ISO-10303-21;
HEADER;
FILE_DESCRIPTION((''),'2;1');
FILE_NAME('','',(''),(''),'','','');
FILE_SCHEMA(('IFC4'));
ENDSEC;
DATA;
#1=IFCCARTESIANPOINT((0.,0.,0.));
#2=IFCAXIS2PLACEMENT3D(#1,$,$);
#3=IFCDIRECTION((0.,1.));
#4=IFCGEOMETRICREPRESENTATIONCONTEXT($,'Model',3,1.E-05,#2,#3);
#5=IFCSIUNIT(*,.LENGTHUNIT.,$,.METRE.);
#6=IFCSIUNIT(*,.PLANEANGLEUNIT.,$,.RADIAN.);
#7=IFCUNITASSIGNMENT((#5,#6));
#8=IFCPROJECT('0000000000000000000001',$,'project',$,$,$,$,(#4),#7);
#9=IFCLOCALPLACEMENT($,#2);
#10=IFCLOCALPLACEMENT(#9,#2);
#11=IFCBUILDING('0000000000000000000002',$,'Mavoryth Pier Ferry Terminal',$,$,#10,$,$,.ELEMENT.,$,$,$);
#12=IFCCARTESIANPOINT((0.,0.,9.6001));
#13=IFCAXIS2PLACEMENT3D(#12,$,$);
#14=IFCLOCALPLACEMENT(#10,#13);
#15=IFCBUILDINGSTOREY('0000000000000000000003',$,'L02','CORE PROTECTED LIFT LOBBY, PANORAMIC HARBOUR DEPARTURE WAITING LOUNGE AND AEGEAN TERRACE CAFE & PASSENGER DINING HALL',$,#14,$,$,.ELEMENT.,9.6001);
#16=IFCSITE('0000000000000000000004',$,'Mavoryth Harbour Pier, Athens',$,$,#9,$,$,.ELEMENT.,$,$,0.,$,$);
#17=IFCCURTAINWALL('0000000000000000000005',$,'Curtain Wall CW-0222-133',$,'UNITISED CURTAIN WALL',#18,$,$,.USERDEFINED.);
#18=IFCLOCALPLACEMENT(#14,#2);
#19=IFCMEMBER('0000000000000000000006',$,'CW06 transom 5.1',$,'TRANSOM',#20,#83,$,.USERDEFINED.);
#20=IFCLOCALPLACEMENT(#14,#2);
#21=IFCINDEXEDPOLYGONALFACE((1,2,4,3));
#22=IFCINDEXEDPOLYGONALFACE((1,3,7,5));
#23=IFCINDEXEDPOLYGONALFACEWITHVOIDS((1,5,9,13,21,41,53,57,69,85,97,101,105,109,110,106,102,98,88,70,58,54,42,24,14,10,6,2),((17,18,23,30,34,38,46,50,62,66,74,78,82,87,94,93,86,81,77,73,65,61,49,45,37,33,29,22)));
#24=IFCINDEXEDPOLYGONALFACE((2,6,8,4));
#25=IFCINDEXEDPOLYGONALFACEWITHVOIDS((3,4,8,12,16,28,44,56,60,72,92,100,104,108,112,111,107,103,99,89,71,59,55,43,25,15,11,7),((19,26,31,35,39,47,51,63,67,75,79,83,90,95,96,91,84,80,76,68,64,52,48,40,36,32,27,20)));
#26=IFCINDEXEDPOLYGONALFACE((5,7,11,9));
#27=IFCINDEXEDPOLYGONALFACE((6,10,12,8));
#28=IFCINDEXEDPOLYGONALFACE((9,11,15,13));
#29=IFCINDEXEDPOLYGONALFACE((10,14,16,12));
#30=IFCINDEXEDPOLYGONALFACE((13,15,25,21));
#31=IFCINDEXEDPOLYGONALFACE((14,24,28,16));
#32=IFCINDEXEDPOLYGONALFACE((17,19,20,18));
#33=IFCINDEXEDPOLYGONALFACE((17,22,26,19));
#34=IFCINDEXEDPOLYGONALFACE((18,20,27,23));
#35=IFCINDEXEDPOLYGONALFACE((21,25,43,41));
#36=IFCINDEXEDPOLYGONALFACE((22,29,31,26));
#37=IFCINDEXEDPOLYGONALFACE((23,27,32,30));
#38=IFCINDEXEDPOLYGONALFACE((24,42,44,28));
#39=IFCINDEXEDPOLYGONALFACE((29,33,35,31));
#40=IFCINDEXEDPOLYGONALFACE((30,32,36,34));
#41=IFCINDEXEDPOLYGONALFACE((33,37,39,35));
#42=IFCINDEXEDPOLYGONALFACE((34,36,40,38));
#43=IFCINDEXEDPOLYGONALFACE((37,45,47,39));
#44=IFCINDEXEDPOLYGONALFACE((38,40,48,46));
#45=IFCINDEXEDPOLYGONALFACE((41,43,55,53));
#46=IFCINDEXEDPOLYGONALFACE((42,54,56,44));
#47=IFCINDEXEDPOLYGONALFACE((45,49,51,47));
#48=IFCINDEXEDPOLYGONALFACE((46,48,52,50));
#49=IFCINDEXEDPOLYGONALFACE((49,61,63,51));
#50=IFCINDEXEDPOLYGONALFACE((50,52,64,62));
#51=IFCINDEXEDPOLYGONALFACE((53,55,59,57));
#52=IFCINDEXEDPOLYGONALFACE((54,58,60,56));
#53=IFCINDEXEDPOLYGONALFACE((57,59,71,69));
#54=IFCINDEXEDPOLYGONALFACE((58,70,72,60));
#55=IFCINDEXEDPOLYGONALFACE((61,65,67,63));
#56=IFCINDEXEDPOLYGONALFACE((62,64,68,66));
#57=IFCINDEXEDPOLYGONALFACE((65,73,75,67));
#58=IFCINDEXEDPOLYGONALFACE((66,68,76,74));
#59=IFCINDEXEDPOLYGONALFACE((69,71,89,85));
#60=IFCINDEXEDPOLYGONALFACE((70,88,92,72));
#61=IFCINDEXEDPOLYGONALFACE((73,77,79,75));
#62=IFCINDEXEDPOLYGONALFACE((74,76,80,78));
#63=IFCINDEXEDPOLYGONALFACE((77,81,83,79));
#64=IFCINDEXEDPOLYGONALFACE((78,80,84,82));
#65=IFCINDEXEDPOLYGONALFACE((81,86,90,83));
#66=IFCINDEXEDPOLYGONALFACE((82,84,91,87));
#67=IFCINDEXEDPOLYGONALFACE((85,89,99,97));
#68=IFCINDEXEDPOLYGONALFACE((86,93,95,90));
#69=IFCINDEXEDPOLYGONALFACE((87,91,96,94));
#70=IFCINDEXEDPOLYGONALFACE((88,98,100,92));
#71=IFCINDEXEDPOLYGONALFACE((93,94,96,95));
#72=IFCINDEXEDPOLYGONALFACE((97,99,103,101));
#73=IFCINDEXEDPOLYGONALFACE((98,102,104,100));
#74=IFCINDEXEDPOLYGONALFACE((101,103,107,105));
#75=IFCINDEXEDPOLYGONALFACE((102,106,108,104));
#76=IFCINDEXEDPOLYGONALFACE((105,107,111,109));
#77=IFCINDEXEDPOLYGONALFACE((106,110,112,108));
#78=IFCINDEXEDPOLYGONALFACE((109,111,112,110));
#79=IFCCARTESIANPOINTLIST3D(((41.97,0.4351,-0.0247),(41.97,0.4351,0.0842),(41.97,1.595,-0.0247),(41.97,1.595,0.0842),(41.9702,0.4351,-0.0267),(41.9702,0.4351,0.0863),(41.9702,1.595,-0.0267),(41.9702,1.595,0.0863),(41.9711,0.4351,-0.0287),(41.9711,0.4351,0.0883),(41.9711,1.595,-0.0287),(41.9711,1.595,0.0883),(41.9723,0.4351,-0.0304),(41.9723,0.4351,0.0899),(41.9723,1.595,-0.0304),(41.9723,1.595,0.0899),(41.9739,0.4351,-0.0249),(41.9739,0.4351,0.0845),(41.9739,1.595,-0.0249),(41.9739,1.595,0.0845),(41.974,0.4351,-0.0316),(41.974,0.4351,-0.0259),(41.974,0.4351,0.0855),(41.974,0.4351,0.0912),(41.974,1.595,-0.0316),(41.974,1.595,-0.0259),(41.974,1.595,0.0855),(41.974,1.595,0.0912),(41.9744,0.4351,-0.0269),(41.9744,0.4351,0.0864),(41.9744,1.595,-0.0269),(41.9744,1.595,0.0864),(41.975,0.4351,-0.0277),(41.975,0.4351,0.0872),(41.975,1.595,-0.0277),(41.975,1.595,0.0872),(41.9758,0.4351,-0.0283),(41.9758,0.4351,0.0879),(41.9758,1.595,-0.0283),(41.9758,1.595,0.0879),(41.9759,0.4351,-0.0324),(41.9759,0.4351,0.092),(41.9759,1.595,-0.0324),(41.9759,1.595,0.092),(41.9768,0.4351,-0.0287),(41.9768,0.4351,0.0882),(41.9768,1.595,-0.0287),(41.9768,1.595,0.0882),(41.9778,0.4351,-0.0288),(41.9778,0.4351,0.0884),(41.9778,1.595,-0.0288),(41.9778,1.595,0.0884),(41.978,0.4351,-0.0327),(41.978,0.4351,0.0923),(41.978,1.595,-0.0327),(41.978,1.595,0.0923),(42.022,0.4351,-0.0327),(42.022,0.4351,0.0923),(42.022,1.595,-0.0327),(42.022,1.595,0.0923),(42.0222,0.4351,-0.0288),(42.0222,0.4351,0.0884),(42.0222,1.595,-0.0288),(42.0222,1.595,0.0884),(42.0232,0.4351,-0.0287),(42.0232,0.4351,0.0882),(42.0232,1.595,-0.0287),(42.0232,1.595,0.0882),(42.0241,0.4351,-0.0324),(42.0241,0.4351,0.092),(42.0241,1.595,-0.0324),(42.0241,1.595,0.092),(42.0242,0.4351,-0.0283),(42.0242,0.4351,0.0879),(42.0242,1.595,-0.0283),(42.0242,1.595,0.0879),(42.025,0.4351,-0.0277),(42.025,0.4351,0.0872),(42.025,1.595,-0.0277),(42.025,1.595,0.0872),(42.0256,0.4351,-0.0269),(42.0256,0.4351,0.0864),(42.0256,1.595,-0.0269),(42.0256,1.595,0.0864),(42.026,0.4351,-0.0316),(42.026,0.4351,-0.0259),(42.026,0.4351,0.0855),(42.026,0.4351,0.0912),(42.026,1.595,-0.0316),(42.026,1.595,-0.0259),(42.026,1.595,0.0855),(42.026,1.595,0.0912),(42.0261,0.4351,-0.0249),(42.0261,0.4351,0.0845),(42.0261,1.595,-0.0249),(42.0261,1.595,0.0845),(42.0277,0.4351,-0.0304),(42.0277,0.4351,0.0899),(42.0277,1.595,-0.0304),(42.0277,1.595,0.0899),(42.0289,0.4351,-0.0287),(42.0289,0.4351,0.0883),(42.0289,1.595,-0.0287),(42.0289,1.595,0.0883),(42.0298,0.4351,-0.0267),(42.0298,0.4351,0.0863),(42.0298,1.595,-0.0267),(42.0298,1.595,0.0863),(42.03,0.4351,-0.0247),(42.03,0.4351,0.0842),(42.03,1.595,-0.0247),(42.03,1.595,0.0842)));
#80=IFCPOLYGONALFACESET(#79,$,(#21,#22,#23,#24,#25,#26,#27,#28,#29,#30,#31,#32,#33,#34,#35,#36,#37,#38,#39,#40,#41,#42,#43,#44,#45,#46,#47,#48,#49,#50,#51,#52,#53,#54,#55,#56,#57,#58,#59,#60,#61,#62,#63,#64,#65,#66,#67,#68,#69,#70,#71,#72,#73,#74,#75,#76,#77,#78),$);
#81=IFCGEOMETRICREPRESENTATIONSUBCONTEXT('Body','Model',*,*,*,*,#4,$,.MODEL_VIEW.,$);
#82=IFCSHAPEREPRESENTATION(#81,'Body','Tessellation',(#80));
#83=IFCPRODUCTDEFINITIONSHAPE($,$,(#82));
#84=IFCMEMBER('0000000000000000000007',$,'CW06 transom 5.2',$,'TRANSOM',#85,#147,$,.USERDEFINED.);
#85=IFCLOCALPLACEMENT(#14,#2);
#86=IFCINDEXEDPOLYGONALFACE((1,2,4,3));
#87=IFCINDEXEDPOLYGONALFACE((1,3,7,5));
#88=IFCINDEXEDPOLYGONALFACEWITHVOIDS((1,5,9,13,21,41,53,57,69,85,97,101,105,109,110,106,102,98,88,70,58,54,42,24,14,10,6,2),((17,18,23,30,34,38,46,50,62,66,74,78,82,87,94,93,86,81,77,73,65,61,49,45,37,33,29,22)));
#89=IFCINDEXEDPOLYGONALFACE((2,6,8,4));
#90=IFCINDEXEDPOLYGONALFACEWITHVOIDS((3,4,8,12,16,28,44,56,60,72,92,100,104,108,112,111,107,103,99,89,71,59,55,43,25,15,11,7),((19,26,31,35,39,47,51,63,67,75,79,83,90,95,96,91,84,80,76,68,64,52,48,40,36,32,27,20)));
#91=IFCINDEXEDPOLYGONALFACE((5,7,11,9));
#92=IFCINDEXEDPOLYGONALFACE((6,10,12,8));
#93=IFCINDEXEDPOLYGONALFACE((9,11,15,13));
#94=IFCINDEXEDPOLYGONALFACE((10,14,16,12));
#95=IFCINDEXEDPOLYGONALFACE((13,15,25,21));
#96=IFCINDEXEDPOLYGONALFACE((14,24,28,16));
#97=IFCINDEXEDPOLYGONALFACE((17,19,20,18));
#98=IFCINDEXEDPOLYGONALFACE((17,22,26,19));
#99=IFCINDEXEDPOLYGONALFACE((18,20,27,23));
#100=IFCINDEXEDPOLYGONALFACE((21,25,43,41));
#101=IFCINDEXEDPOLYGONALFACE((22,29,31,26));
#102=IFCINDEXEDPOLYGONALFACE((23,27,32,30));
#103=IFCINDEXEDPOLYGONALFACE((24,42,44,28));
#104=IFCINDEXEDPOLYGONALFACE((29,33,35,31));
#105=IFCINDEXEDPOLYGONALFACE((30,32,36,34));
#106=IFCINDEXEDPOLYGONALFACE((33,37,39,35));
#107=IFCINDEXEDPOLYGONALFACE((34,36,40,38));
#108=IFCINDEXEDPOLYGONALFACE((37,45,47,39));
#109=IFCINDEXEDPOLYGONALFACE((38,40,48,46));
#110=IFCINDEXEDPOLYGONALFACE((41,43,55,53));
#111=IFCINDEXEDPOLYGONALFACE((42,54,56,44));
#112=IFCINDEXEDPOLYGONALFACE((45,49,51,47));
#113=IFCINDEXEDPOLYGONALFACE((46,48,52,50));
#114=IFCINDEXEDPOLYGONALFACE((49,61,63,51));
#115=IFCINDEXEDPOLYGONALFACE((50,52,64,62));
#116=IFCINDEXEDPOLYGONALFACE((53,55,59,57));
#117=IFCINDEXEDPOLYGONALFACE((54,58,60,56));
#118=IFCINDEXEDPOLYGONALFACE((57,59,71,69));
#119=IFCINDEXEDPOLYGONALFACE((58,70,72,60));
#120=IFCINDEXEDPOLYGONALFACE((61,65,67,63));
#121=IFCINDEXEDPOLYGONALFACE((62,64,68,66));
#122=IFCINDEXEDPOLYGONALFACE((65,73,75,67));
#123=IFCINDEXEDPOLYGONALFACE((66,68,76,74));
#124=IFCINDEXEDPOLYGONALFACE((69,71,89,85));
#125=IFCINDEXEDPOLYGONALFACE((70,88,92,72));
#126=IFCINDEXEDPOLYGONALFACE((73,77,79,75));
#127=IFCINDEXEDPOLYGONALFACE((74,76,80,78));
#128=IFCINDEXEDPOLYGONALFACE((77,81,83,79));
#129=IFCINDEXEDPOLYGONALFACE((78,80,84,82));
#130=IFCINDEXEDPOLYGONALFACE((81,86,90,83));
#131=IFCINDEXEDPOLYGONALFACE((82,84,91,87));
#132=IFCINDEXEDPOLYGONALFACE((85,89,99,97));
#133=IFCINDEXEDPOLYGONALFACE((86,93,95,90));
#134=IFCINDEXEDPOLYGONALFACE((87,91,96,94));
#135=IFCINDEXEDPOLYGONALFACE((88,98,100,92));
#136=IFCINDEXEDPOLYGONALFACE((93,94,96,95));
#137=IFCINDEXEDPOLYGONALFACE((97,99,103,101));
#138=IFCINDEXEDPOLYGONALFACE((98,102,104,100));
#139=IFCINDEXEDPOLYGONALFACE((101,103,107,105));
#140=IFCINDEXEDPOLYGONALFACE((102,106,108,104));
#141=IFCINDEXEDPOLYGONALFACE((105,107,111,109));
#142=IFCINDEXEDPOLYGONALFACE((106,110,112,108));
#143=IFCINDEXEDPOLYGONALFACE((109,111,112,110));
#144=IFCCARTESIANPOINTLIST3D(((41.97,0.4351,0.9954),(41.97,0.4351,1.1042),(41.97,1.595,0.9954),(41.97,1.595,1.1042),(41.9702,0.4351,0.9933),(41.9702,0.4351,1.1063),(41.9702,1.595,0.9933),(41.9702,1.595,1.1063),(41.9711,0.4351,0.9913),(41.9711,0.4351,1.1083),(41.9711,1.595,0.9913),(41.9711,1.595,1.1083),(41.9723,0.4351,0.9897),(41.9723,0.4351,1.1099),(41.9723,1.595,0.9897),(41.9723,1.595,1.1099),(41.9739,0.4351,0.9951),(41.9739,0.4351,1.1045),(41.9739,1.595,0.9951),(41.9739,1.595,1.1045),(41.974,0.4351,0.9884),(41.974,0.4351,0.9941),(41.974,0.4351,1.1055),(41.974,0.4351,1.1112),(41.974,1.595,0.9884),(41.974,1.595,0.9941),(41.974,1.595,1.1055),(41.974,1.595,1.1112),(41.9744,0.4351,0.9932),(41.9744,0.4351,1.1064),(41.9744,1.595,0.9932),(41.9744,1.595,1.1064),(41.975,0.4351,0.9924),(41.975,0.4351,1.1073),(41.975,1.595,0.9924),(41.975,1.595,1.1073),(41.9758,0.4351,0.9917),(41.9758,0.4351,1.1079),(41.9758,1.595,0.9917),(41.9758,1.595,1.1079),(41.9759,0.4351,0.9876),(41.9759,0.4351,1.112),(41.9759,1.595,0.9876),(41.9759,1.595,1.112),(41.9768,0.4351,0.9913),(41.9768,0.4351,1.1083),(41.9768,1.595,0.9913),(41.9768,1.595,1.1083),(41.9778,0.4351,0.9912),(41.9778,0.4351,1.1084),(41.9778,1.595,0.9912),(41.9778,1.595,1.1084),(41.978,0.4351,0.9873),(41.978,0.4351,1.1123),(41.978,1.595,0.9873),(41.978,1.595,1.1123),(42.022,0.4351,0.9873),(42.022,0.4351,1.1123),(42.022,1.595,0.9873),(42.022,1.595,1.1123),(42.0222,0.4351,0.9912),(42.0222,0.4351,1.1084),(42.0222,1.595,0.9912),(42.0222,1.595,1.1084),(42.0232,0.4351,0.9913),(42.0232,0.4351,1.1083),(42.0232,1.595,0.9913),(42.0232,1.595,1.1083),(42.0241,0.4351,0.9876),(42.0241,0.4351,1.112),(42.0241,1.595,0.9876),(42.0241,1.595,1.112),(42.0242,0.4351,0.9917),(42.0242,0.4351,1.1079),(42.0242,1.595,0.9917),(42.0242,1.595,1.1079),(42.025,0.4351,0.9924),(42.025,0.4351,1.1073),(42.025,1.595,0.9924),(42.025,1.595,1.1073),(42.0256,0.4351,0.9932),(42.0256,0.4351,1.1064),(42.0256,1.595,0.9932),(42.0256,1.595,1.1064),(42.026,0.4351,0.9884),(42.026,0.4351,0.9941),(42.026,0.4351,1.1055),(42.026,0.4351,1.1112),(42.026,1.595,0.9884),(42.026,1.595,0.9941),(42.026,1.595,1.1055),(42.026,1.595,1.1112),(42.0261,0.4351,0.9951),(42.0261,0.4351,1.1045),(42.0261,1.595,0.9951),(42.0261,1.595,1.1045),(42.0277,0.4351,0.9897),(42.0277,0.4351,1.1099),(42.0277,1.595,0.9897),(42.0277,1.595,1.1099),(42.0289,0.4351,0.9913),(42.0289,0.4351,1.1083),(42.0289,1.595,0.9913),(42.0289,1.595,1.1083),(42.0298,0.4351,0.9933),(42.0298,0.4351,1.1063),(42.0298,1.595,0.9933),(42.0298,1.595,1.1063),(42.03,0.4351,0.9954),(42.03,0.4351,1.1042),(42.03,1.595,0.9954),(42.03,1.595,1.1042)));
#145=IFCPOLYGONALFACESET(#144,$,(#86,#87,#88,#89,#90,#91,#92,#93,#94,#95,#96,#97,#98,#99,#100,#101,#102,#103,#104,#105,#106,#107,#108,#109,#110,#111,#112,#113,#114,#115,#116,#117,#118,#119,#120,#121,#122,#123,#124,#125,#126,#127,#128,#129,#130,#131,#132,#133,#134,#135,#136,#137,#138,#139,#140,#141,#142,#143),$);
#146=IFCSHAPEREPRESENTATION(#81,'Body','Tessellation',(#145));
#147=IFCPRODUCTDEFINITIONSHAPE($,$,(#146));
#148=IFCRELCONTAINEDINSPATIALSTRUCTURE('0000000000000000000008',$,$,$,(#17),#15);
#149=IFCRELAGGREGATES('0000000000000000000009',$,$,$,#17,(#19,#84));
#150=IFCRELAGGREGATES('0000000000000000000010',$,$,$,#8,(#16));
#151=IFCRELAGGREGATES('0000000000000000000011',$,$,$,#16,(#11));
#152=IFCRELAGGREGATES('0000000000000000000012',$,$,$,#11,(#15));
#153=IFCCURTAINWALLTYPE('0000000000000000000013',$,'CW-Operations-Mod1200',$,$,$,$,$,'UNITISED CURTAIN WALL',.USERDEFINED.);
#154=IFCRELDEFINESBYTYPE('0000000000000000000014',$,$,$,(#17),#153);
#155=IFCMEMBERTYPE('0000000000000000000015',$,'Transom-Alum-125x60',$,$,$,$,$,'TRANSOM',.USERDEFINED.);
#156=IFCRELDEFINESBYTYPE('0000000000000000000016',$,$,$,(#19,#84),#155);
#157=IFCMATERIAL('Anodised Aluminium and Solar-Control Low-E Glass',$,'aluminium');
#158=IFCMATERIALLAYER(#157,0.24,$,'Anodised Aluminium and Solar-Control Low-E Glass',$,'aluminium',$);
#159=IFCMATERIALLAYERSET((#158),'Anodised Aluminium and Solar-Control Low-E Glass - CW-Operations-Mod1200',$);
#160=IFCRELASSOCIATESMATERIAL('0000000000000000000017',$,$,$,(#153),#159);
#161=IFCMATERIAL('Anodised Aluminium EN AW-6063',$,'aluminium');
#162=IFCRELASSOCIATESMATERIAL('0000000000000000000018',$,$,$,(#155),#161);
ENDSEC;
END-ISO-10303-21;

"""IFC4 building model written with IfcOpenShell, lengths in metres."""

from ifc_helpers import new_model, si_unit, direction, frame, origin, origin_2d, place, context, subcontext, project, spatial, hollow_rectangle, extrude, material, layer, layer_set, material_profile, profile_set, type_object, element, aggregate, save


model = new_model("IFC4")

# Units and contexts
model_context = context("Model", 3, precision=1e-05, world=origin(), true_north=direction((0.0, 1.0)))
body_context = subcontext(model_context, "Body", "Model", "MODEL_VIEW")
ifc_project = project(units=[si_unit("LENGTHUNIT", "METRE"), si_unit("PLANEANGLEUNIT", "RADIAN")], contexts=[model_context])

# Site, building, storey
site_placement = place(None, origin())
site = spatial("IfcSite", under=ifc_project, at=site_placement, Name="Mavoryth Harbour Pier, Athens", CompositionType="ELEMENT", RefElevation=0.0)
building_placement = place(site_placement, origin())
building = spatial("IfcBuilding", under=site, at=building_placement, Name="Mavoryth Pier Ferry Terminal", CompositionType="ELEMENT")
storey_placement = place(building_placement, frame((0.0, 0.0, 9.6001)))
storey = spatial("IfcBuildingStorey", under=building, at=storey_placement, Name="L02", Description="CORE PROTECTED LIFT LOBBY, PANORAMIC HARBOUR DEPARTURE WAITING LOUNGE AND AEGEAN TERRACE CAFE & PASSENGER DINING HALL", CompositionType="ELEMENT", Elevation=9.6001)

# Curtain wall
ifc_material_1 = material(Name="Anodised Aluminium and Solar-Control Low-E Glass", Category="aluminium")
ifc_layer_1 = layer(ifc_material_1, 0.24, Name="Anodised Aluminium and Solar-Control Low-E Glass", Category="aluminium")
ifc_layer_set_1 = layer_set([ifc_layer_1], Name="Anodised Aluminium and Solar-Control Low-E Glass - CW-Operations-Mod1200")
curtain_wall_type = type_object("IfcCurtainWallType", Name="CW-Operations-Mod1200", ElementType="UNITISED CURTAIN WALL", PredefinedType="USERDEFINED", material=ifc_layer_set_1)
curtain_wall_placement = place(storey_placement, origin())
curtain_wall = element("IfcCurtainWall", 1, at=curtain_wall_placement, inside=storey, type_object=curtain_wall_type, Name="Curtain Wall CW-0222-133", ObjectType="UNITISED CURTAIN WALL", PredefinedType="USERDEFINED")
ifc_material_2 = material(Name="Anodised Aluminium EN AW-6063", Category="aluminium")

# Members
ifc_material_profile_1 = material_profile(ifc_material_2, hollow_rectangle(XDim=0.0601, YDim=0.125, WallThickness=0.0039, InnerFilletRadius=0.0039, OuterFilletRadius=0.0081, at=origin_2d()), Name="AL-TRAN 125x60x4", Category="aluminium")
ifc_profile_set_1 = profile_set([ifc_material_profile_1], Name="Anodised Aluminium EN AW-6063 - AL-TRAN 125x60x4")
member_type_1 = type_object("IfcMemberType", Name="Transom-Alum-125x60", ElementType="TRANSOM", PredefinedType="USERDEFINED", material=ifc_profile_set_1)
member_1_placement = place(storey_placement, frame((42.0, 1.595, 0.0298), z_axis=(0.0, -1.0, 0.0), x_axis=(1.0, 0.0, 0.0)))
member_1 = element("IfcMember", 2, at=member_1_placement, type_object=member_type_1, Name="CW06 transom 5.1", ObjectType="TRANSOM", PredefinedType="USERDEFINED", context=body_context, shape_type="SweptSolid", body=[
    extrude(hollow_rectangle(XDim=0.0601, YDim=0.125, WallThickness=0.0039, InnerFilletRadius=0.0039, OuterFilletRadius=0.0081, at=origin_2d()), origin(), (0.0, 0.0, 1.0), 1.1599),
])
member_2_placement = place(storey_placement, frame((42.0, 1.595, 1.0498), z_axis=(0.0, -1.0, 0.0), x_axis=(1.0, 0.0, 0.0)))
member_2 = element("IfcMember", 3, at=member_2_placement, type_object=member_type_1, Name="CW06 transom 5.2", ObjectType="TRANSOM", PredefinedType="USERDEFINED", context=body_context, shape_type="SweptSolid", body=[
    extrude(hollow_rectangle(XDim=0.0601, YDim=0.125, WallThickness=0.0039, InnerFilletRadius=0.0039, OuterFilletRadius=0.0081, at=origin_2d()), origin(), (0.0, 0.0, 1.0), 1.1599),
])

aggregate(curtain_wall, [member_1, member_2])

save(model, "model.ifc")
